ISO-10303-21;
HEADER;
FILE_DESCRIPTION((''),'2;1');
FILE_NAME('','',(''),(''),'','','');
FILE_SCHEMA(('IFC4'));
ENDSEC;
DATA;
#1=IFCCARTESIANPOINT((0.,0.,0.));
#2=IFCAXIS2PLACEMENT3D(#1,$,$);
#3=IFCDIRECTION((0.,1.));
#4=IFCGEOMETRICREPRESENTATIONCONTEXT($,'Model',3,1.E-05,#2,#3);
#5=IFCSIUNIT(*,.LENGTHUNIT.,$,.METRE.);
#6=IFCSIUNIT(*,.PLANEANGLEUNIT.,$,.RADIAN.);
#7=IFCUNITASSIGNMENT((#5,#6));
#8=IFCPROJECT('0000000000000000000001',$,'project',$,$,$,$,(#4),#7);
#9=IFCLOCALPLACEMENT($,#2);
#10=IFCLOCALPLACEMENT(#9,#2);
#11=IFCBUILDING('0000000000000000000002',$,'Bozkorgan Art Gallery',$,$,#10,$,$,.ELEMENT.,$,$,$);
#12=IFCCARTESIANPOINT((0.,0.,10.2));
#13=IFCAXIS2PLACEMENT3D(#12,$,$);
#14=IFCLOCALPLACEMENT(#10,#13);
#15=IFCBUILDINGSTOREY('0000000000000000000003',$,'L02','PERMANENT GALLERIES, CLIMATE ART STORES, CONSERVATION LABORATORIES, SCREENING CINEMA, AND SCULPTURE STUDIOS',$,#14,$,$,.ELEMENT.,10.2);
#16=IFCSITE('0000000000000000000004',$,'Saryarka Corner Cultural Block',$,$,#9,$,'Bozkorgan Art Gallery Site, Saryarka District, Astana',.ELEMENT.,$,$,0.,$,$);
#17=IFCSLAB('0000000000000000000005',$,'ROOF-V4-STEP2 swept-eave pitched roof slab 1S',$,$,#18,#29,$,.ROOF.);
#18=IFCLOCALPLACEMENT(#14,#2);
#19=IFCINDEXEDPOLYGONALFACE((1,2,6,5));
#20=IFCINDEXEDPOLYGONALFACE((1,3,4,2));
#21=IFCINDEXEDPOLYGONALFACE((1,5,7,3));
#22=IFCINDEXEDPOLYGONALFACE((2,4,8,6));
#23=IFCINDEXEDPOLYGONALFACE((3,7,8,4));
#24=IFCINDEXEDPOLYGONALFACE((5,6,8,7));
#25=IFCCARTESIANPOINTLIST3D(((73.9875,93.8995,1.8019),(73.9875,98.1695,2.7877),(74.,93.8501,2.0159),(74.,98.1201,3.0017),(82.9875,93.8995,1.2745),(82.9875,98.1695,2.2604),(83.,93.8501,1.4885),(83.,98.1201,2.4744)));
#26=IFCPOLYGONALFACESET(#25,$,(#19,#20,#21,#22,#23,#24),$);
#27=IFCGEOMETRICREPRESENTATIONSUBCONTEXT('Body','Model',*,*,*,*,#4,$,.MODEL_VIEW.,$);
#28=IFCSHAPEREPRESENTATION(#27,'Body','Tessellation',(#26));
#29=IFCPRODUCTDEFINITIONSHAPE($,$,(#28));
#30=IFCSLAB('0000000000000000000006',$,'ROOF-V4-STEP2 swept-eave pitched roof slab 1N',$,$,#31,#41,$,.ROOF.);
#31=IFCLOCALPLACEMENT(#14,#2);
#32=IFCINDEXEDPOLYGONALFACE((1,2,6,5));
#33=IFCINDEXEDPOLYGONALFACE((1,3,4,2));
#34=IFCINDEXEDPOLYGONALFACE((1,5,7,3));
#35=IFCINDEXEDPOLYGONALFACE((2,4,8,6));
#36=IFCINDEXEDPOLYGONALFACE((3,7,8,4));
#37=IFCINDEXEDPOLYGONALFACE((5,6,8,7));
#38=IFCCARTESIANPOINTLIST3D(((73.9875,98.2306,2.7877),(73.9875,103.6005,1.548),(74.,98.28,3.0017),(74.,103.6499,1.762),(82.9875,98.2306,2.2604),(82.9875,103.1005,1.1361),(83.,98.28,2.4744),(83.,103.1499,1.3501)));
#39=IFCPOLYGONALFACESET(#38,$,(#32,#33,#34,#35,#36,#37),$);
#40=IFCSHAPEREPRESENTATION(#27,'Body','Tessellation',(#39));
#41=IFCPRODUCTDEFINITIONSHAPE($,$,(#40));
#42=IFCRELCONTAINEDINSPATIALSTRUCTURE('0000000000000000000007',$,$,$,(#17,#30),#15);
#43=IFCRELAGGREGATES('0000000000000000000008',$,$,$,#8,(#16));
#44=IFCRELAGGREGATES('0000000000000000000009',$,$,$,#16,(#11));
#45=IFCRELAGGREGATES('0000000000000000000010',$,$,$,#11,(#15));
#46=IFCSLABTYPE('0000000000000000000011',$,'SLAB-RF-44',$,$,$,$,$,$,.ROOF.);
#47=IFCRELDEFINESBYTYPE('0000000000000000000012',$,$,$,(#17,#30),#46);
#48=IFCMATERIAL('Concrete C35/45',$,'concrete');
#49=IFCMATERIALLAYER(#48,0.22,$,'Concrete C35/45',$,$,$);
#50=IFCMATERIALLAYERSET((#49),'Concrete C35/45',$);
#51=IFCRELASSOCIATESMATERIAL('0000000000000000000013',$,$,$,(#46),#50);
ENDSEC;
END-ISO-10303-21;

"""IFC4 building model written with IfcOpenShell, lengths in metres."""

from ifc_helpers import new_model, si_unit, direction, frame, origin, place, context, subcontext, project, spatial, polyline, outline, extrude, material, layer, layer_set, type_object, element, save


model = new_model("IFC4")

# Units and contexts
model_context = context("Model", 3, precision=1e-05, world=origin(), true_north=direction((0.0, 1.0)))
body_context = subcontext(model_context, "Body", "Model", "MODEL_VIEW")
ifc_project = project(units=[si_unit("LENGTHUNIT", "METRE"), si_unit("PLANEANGLEUNIT", "RADIAN")], contexts=[model_context])

# Site, building, storey
site_placement = place(None, origin())
site = spatial("IfcSite", under=ifc_project, at=site_placement, Name="Saryarka Corner Cultural Block", LongName="Bozkorgan Art Gallery Site, Saryarka District, Astana", CompositionType="ELEMENT", RefElevation=0.0)
building_placement = place(site_placement, origin())
building = spatial("IfcBuilding", under=site, at=building_placement, Name="Bozkorgan Art Gallery", CompositionType="ELEMENT")
storey_placement = place(building_placement, frame((0.0, 0.0, 10.2)))
storey = spatial("IfcBuildingStorey", under=building, at=storey_placement, Name="L02", Description="PERMANENT GALLERIES, CLIMATE ART STORES, CONSERVATION LABORATORIES, SCREENING CINEMA, AND SCULPTURE STUDIOS", CompositionType="ELEMENT", Elevation=10.2)

# Slabs
ifc_material_1 = material(Name="Concrete C35/45", Category="concrete")
ifc_layer_1 = layer(ifc_material_1, 0.22, Name="Concrete C35/45")
ifc_layer_set_1 = layer_set([ifc_layer_1], Name="Concrete C35/45")
slab_type = type_object("IfcSlabType", Name="SLAB-RF-44", PredefinedType="ROOF", material=ifc_layer_set_1)
slab_1_placement = place(storey_placement, frame((74.0, 93.8501, 2.0159), z_axis=(0.056999, -0.224591, 0.972785), x_axis=(0.998288, 0.0, -0.058493)))
element("IfcSlab", 1, at=slab_1_placement, inside=storey, type_object=slab_type, Name="ROOF-V4-STEP2 swept-eave pitched roof slab 1S", PredefinedType="ROOF", context=body_context, shape_type="SweptSolid", body=[
    extrude(outline(polyline([(0.0, 0.0), (9.0154, 0.0), (8.9578, 4.382), (-0.0577, 4.382), (0.0, 0.0)])), origin(), (0.0, 0.0, -1.0), 0.22),
])
slab_2_placement = place(storey_placement, frame((74.0, 98.28, 3.0017), z_axis=(0.056997, 0.224584, 0.972786), x_axis=(0.998288, 0.000001, -0.058491)))
element("IfcSlab", 2, at=slab_2_placement, inside=storey, type_object=slab_type, Name="ROOF-V4-STEP2 swept-eave pitched roof slab 1N", PredefinedType="ROOF", context=body_context, shape_type="SweptSolid", body=[
    extrude(outline(polyline([(0.0, 0.0), (9.0154, 0.0), (9.0812, 4.9975), (0.0725, 5.5106), (0.0, 0.0)])), origin(), (0.0, 0.0, -1.0), 0.22),
])

save(model, "model.ifc")
